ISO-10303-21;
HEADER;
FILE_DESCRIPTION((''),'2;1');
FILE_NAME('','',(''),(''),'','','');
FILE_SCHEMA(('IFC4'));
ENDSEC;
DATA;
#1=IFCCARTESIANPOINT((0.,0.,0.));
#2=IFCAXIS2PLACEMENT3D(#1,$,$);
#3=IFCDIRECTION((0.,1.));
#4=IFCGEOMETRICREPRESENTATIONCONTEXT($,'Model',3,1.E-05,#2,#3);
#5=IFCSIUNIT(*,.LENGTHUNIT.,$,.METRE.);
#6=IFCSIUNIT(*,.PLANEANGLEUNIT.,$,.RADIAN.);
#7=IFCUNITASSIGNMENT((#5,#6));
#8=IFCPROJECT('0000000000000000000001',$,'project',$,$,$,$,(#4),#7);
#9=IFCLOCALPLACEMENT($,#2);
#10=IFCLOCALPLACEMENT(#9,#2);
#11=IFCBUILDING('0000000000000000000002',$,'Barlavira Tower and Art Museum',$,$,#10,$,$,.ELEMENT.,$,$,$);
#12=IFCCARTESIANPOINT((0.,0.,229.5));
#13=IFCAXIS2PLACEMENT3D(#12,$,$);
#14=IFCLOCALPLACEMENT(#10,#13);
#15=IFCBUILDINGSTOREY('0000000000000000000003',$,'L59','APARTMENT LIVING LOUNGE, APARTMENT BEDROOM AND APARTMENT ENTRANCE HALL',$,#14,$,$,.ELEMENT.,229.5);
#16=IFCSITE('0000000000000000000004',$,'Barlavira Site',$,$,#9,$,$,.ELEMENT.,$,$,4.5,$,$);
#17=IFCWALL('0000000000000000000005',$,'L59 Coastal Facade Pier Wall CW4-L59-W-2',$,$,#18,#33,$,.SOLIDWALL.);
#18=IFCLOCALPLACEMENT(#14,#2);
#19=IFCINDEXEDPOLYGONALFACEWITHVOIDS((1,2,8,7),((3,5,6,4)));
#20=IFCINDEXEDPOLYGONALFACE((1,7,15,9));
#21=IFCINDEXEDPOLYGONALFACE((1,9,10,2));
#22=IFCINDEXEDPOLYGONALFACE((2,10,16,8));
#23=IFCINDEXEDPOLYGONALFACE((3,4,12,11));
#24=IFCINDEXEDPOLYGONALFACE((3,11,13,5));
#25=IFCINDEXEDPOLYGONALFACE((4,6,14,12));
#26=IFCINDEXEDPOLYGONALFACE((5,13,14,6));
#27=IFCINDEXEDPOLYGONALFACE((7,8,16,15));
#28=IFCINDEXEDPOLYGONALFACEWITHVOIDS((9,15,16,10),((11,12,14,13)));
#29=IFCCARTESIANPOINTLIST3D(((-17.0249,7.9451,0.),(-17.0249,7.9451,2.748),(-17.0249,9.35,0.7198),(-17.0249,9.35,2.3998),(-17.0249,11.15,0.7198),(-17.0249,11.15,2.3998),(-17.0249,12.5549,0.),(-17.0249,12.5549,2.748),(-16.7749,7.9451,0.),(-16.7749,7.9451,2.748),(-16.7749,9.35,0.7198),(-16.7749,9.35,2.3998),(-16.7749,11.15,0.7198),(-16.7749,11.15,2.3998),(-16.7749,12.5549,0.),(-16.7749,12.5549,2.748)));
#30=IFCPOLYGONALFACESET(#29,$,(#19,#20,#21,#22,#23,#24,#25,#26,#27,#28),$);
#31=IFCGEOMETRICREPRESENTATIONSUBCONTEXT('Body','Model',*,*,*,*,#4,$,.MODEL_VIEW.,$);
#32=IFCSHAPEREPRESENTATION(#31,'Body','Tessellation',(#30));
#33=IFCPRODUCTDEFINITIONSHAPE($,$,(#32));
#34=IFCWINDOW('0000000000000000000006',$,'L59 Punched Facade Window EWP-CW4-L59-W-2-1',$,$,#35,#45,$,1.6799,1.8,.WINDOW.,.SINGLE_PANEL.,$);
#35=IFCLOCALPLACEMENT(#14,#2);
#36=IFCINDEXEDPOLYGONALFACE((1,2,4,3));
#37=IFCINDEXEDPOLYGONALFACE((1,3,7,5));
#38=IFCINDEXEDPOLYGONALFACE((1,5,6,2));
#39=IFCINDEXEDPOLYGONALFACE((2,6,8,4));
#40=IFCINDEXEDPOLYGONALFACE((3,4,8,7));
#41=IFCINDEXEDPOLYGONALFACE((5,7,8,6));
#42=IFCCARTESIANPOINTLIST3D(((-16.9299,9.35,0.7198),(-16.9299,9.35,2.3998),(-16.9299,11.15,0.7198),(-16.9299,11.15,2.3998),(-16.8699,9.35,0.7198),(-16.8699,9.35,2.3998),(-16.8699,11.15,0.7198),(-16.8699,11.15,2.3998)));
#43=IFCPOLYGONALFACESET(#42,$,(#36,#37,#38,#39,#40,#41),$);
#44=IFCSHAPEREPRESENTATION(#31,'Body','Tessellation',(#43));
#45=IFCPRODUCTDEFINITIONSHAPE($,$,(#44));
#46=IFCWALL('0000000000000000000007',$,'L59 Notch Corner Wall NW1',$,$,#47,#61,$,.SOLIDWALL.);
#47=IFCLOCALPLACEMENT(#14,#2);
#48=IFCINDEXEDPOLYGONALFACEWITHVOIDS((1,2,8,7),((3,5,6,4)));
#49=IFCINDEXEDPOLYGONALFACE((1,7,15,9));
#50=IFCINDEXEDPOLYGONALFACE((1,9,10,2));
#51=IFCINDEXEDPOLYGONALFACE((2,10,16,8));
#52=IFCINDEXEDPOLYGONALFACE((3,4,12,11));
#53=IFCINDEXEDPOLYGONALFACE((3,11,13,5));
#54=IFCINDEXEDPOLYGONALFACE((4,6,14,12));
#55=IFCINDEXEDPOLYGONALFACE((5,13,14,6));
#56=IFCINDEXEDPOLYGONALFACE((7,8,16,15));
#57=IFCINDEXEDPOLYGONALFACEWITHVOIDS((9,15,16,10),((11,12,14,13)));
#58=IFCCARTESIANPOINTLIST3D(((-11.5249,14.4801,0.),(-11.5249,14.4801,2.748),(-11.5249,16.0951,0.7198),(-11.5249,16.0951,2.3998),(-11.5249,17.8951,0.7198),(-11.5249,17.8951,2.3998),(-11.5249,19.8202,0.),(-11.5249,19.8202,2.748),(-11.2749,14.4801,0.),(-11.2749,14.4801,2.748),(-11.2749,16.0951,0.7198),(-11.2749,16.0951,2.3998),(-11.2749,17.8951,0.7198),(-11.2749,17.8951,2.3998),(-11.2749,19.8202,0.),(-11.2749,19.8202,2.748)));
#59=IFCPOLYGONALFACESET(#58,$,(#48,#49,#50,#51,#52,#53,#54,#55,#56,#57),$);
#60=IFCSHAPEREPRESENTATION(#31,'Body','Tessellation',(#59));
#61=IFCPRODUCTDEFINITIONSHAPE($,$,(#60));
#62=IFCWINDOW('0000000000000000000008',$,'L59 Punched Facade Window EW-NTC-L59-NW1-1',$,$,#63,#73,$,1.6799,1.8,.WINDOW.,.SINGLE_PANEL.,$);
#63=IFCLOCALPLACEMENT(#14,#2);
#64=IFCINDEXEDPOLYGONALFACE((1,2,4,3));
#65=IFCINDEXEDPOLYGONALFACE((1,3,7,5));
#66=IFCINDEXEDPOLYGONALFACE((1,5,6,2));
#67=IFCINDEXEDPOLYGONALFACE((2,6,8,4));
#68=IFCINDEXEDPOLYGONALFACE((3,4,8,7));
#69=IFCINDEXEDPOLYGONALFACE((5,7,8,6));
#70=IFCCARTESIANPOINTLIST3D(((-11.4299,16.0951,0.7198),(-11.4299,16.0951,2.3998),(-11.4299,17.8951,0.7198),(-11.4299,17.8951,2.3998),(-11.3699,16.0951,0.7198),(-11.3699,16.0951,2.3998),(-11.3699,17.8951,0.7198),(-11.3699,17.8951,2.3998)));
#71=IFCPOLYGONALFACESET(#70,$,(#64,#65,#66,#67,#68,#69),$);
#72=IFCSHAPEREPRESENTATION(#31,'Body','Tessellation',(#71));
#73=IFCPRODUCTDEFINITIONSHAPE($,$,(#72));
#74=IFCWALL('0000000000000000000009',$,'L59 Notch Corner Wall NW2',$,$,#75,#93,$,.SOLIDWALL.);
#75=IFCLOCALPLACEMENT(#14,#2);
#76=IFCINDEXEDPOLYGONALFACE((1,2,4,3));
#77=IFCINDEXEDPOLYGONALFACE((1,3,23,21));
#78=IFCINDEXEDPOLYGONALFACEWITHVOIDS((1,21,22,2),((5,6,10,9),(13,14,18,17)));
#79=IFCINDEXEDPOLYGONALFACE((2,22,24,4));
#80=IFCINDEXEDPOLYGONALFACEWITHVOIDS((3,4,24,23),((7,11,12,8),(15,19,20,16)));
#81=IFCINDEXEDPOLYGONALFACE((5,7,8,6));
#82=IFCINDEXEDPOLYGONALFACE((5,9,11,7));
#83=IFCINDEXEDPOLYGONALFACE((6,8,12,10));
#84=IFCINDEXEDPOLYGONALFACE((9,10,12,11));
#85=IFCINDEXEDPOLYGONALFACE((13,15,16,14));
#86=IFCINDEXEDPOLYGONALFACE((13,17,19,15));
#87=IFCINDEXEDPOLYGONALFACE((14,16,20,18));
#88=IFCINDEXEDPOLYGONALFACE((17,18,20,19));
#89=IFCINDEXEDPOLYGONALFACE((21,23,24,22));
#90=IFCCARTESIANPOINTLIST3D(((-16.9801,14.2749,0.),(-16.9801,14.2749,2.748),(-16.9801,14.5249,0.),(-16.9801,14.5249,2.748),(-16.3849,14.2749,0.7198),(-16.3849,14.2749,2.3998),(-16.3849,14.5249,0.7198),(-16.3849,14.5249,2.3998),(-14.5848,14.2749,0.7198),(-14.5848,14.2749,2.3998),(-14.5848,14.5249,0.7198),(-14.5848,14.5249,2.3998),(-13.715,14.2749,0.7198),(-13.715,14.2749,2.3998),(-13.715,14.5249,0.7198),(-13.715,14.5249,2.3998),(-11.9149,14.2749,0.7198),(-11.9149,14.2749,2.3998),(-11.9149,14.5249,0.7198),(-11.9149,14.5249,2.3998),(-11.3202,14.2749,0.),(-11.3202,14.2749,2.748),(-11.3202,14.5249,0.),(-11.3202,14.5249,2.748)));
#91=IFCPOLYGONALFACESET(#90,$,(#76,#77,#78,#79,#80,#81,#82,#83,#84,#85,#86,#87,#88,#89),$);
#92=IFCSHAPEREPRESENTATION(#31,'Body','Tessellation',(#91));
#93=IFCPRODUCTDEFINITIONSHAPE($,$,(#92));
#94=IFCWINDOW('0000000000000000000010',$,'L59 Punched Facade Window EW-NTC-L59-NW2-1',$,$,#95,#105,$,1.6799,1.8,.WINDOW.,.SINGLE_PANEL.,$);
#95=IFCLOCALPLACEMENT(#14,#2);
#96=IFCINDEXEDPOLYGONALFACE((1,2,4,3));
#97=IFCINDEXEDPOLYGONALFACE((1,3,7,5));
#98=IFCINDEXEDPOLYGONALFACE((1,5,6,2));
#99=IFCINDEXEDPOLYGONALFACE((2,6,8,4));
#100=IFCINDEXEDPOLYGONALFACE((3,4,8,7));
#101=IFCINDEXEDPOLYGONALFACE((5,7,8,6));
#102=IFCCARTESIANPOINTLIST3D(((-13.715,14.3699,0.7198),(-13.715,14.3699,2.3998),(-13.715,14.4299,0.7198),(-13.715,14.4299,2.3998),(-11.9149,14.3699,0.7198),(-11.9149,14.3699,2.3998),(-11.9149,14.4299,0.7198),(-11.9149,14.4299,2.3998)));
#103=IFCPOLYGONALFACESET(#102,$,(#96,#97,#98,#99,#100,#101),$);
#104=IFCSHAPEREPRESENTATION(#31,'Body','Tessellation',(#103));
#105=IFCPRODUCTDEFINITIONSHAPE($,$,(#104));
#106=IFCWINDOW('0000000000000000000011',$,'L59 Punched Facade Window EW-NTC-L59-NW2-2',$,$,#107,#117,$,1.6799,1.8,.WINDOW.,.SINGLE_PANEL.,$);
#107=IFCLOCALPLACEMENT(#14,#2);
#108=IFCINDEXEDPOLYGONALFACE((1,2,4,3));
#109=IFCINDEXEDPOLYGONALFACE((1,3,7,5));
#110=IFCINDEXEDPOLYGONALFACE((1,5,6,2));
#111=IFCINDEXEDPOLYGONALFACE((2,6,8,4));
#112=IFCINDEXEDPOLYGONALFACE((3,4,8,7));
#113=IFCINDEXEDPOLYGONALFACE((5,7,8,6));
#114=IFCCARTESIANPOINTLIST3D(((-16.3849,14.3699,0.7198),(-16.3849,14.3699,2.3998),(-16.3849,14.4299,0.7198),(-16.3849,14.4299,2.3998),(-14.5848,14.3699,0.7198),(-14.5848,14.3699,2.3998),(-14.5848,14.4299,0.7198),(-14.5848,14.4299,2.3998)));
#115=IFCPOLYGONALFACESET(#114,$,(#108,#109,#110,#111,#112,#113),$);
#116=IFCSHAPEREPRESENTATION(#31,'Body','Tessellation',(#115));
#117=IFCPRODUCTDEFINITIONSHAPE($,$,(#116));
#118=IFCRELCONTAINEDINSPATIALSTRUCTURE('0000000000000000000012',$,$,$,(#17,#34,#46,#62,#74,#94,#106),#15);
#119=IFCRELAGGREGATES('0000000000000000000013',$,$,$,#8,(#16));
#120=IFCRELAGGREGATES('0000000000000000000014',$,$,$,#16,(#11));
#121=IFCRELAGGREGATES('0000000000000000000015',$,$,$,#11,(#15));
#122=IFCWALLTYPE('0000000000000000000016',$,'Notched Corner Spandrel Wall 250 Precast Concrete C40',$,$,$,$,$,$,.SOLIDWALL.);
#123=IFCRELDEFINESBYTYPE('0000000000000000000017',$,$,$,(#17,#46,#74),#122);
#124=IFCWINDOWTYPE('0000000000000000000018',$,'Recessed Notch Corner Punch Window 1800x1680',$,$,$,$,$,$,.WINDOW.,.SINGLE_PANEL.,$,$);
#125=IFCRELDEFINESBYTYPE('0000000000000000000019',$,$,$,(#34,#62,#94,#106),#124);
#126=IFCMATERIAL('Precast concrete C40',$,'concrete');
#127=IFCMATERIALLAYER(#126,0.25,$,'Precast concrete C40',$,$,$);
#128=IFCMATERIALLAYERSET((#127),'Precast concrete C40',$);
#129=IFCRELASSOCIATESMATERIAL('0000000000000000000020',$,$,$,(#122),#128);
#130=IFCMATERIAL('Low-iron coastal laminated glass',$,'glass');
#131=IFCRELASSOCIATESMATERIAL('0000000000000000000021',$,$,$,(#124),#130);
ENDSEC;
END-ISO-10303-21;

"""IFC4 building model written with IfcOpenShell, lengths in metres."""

from ifc_helpers import new_model, si_unit, direction, frame, frame_2d, origin, place, context, subcontext, project, spatial, rectangle, extrude, material, layer, layer_set, type_object, element, fill, save


model = new_model("IFC4")

# Units and contexts
model_context = context("Model", 3, precision=1e-05, world=origin(), true_north=direction((0.0, 1.0)))
body_context = subcontext(model_context, "Body", "Model", "MODEL_VIEW")
ifc_project = project(units=[si_unit("LENGTHUNIT", "METRE"), si_unit("PLANEANGLEUNIT", "RADIAN")], contexts=[model_context])

# Site, building, storey
site_placement = place(None, origin())
site = spatial("IfcSite", under=ifc_project, at=site_placement, Name="Barlavira Site", CompositionType="ELEMENT", RefElevation=4.5)
building_placement = place(site_placement, origin())
building = spatial("IfcBuilding", under=site, at=building_placement, Name="Barlavira Tower and Art Museum", CompositionType="ELEMENT")
storey_placement = place(building_placement, frame((0.0, 0.0, 229.5)))
storey = spatial("IfcBuildingStorey", under=building, at=storey_placement, Name="L59", Description="APARTMENT LIVING LOUNGE, APARTMENT BEDROOM AND APARTMENT ENTRANCE HALL", CompositionType="ELEMENT", Elevation=229.5)

# Shared definitions
ifc_material_1 = material(Name="Precast concrete C40", Category="concrete")
ifc_layer_1 = layer(ifc_material_1, 0.25, Name="Precast concrete C40")
ifc_layer_set_1 = layer_set([ifc_layer_1], Name="Precast concrete C40")
wall_type_1 = type_object("IfcWallType", Name="Notched Corner Spandrel Wall 250 Precast Concrete C40", PredefinedType="SOLIDWALL", material=ifc_layer_set_1)
ifc_material_2 = material(Name="Low-iron coastal laminated glass", Category="glass")
window_type = type_object("IfcWindowType", Name="Recessed Notch Corner Punch Window 1800x1680", PartitioningType="SINGLE_PANEL", PredefinedType="WINDOW", material=ifc_material_2)

# Walls, openings, windows
wall_1_placement = place(storey_placement, frame((-16.8999, 12.5549, 0.0), z_axis=(0.0, 0.0, 1.0), x_axis=(0.0, -1.0, 0.0)))
wall_1 = element("IfcWall", 1, at=wall_1_placement, inside=storey, type_object=wall_type_1, Name="L59 Coastal Facade Pier Wall CW4-L59-W-2", PredefinedType="SOLIDWALL", context=body_context, shape_type="SweptSolid", body=[
    extrude(rectangle(XDim=4.6099, YDim=0.25, at=frame_2d((2.3049, 0.0))), origin(), (0.0, 0.0, 1.0), 2.748),
])
opening_1_placement = place(wall_1_placement, frame((1.405, 0.0, 0.72)))
opening_1 = element("IfcOpeningElement", 2, at=opening_1_placement, cuts=wall_1, PredefinedType="OPENING", context=body_context, shape_type="SweptSolid", body=[
    extrude(rectangle(XDim=1.8, YDim=1.6799, at=frame_2d((0.8999, 0.8398))), frame((0.0, 0.135, 0.0), z_axis=(0.0, -1.0, 0.0), x_axis=(1.0, 0.0, 0.0)), (0.0, 0.0, 1.0), 0.27),
])
window_1_placement = place(opening_1_placement, origin())
window_1 = element("IfcWindow", 3, at=window_1_placement, inside=storey, type_object=window_type, Name="L59 Punched Facade Window EWP-CW4-L59-W-2-1", OverallHeight=1.6799, OverallWidth=1.8, PartitioningType="SINGLE_PANEL", PredefinedType="WINDOW", context=body_context, shape_type="SweptSolid", body=[
    extrude(rectangle(XDim=1.8, YDim=1.6799, at=frame_2d((0.8999, 0.8398))), frame((0.0, 0.03, 0.0), z_axis=(0.0, -1.0, 0.0), x_axis=(1.0, 0.0, 0.0)), (0.0, 0.0, 1.0), 0.0601),
])
fill(opening_1, window_1)
wall_2_placement = place(storey_placement, frame((-11.3999, 19.8201, 0.0), z_axis=(0.0, 0.0, 1.0), x_axis=(0.0, -1.0, 0.0)))
wall_2 = element("IfcWall", 4, at=wall_2_placement, inside=storey, type_object=wall_type_1, Name="L59 Notch Corner Wall NW1", PredefinedType="SOLIDWALL", context=body_context, shape_type="SweptSolid", body=[
    extrude(rectangle(XDim=5.3401, YDim=0.25, at=frame_2d((2.6699, 0.0))), origin(), (0.0, 0.0, 1.0), 2.748),
])
opening_2_placement = place(wall_2_placement, frame((1.925, 0.0, 0.72)))
opening_2 = element("IfcOpeningElement", 5, at=opening_2_placement, cuts=wall_2, PredefinedType="OPENING", context=body_context, shape_type="SweptSolid", body=[
    extrude(rectangle(XDim=1.8, YDim=1.6799, at=frame_2d((0.8999, 0.8398))), frame((0.0, 0.135, 0.0), z_axis=(0.0, -1.0, 0.0), x_axis=(1.0, 0.0, 0.0)), (0.0, 0.0, 1.0), 0.27),
])
window_2_placement = place(opening_2_placement, origin())
window_2 = element("IfcWindow", 6, at=window_2_placement, inside=storey, type_object=window_type, Name="L59 Punched Facade Window EW-NTC-L59-NW1-1", OverallHeight=1.6799, OverallWidth=1.8, PartitioningType="SINGLE_PANEL", PredefinedType="WINDOW", context=body_context, shape_type="SweptSolid", body=[
    extrude(rectangle(XDim=1.8, YDim=1.6799, at=frame_2d((0.8999, 0.8398))), frame((0.0, 0.03, 0.0), z_axis=(0.0, -1.0, 0.0), x_axis=(1.0, 0.0, 0.0)), (0.0, 0.0, 1.0), 0.0601),
])
fill(opening_2, window_2)

# Wall, openings, windows
wall_3_placement = place(storey_placement, frame((-11.3201, 14.3999, 0.0), z_axis=(0.0, 0.0, 1.0), x_axis=(-1.0, 0.0, 0.0)))
wall_3 = element("IfcWall", 7, at=wall_3_placement, inside=storey, type_object=wall_type_1, Name="L59 Notch Corner Wall NW2", PredefinedType="SOLIDWALL", context=body_context, shape_type="SweptSolid", body=[
    extrude(rectangle(XDim=5.6599, YDim=0.25, at=frame_2d((2.8301, 0.0))), origin(), (0.0, 0.0, 1.0), 2.748),
])
opening_3_placement = place(wall_3_placement, frame((0.595, 0.0, 0.72)))
opening_3 = element("IfcOpeningElement", 8, at=opening_3_placement, cuts=wall_3, PredefinedType="OPENING", context=body_context, shape_type="SweptSolid", body=[
    extrude(rectangle(XDim=1.8, YDim=1.6799, at=frame_2d((0.8999, 0.8398))), frame((0.0, 0.135, 0.0), z_axis=(0.0, -1.0, 0.0), x_axis=(1.0, 0.0, 0.0)), (0.0, 0.0, 1.0), 0.27),
])
opening_4_placement = place(wall_3_placement, frame((3.2649, 0.0, 0.72)))
opening_4 = element("IfcOpeningElement", 9, at=opening_4_placement, cuts=wall_3, PredefinedType="OPENING", context=body_context, shape_type="SweptSolid", body=[
    extrude(rectangle(XDim=1.8, YDim=1.6799, at=frame_2d((0.8999, 0.8398))), frame((0.0, 0.135, 0.0), z_axis=(0.0, -1.0, 0.0), x_axis=(1.0, 0.0, 0.0)), (0.0, 0.0, 1.0), 0.27),
])
window_3_placement = place(opening_3_placement, origin())
window_3 = element("IfcWindow", 10, at=window_3_placement, inside=storey, type_object=window_type, Name="L59 Punched Facade Window EW-NTC-L59-NW2-1", OverallHeight=1.6799, OverallWidth=1.8, PartitioningType="SINGLE_PANEL", PredefinedType="WINDOW", context=body_context, shape_type="SweptSolid", body=[
    extrude(rectangle(XDim=1.8, YDim=1.6799, at=frame_2d((0.8999, 0.8398))), frame((0.0, 0.03, 0.0), z_axis=(0.0, -1.0, 0.0), x_axis=(1.0, 0.0, 0.0)), (0.0, 0.0, 1.0), 0.0601),
])
fill(opening_3, window_3)
window_4_placement = place(opening_4_placement, origin())
window_4 = element("IfcWindow", 11, at=window_4_placement, inside=storey, type_object=window_type, Name="L59 Punched Facade Window EW-NTC-L59-NW2-2", OverallHeight=1.6799, OverallWidth=1.8, PartitioningType="SINGLE_PANEL", PredefinedType="WINDOW", context=body_context, shape_type="SweptSolid", body=[
    extrude(rectangle(XDim=1.8, YDim=1.6799, at=frame_2d((0.8999, 0.8398))), frame((0.0, 0.03, 0.0), z_axis=(0.0, -1.0, 0.0), x_axis=(1.0, 0.0, 0.0)), (0.0, 0.0, 1.0), 0.0601),
])
fill(opening_4, window_4)

save(model, "model.ifc")
